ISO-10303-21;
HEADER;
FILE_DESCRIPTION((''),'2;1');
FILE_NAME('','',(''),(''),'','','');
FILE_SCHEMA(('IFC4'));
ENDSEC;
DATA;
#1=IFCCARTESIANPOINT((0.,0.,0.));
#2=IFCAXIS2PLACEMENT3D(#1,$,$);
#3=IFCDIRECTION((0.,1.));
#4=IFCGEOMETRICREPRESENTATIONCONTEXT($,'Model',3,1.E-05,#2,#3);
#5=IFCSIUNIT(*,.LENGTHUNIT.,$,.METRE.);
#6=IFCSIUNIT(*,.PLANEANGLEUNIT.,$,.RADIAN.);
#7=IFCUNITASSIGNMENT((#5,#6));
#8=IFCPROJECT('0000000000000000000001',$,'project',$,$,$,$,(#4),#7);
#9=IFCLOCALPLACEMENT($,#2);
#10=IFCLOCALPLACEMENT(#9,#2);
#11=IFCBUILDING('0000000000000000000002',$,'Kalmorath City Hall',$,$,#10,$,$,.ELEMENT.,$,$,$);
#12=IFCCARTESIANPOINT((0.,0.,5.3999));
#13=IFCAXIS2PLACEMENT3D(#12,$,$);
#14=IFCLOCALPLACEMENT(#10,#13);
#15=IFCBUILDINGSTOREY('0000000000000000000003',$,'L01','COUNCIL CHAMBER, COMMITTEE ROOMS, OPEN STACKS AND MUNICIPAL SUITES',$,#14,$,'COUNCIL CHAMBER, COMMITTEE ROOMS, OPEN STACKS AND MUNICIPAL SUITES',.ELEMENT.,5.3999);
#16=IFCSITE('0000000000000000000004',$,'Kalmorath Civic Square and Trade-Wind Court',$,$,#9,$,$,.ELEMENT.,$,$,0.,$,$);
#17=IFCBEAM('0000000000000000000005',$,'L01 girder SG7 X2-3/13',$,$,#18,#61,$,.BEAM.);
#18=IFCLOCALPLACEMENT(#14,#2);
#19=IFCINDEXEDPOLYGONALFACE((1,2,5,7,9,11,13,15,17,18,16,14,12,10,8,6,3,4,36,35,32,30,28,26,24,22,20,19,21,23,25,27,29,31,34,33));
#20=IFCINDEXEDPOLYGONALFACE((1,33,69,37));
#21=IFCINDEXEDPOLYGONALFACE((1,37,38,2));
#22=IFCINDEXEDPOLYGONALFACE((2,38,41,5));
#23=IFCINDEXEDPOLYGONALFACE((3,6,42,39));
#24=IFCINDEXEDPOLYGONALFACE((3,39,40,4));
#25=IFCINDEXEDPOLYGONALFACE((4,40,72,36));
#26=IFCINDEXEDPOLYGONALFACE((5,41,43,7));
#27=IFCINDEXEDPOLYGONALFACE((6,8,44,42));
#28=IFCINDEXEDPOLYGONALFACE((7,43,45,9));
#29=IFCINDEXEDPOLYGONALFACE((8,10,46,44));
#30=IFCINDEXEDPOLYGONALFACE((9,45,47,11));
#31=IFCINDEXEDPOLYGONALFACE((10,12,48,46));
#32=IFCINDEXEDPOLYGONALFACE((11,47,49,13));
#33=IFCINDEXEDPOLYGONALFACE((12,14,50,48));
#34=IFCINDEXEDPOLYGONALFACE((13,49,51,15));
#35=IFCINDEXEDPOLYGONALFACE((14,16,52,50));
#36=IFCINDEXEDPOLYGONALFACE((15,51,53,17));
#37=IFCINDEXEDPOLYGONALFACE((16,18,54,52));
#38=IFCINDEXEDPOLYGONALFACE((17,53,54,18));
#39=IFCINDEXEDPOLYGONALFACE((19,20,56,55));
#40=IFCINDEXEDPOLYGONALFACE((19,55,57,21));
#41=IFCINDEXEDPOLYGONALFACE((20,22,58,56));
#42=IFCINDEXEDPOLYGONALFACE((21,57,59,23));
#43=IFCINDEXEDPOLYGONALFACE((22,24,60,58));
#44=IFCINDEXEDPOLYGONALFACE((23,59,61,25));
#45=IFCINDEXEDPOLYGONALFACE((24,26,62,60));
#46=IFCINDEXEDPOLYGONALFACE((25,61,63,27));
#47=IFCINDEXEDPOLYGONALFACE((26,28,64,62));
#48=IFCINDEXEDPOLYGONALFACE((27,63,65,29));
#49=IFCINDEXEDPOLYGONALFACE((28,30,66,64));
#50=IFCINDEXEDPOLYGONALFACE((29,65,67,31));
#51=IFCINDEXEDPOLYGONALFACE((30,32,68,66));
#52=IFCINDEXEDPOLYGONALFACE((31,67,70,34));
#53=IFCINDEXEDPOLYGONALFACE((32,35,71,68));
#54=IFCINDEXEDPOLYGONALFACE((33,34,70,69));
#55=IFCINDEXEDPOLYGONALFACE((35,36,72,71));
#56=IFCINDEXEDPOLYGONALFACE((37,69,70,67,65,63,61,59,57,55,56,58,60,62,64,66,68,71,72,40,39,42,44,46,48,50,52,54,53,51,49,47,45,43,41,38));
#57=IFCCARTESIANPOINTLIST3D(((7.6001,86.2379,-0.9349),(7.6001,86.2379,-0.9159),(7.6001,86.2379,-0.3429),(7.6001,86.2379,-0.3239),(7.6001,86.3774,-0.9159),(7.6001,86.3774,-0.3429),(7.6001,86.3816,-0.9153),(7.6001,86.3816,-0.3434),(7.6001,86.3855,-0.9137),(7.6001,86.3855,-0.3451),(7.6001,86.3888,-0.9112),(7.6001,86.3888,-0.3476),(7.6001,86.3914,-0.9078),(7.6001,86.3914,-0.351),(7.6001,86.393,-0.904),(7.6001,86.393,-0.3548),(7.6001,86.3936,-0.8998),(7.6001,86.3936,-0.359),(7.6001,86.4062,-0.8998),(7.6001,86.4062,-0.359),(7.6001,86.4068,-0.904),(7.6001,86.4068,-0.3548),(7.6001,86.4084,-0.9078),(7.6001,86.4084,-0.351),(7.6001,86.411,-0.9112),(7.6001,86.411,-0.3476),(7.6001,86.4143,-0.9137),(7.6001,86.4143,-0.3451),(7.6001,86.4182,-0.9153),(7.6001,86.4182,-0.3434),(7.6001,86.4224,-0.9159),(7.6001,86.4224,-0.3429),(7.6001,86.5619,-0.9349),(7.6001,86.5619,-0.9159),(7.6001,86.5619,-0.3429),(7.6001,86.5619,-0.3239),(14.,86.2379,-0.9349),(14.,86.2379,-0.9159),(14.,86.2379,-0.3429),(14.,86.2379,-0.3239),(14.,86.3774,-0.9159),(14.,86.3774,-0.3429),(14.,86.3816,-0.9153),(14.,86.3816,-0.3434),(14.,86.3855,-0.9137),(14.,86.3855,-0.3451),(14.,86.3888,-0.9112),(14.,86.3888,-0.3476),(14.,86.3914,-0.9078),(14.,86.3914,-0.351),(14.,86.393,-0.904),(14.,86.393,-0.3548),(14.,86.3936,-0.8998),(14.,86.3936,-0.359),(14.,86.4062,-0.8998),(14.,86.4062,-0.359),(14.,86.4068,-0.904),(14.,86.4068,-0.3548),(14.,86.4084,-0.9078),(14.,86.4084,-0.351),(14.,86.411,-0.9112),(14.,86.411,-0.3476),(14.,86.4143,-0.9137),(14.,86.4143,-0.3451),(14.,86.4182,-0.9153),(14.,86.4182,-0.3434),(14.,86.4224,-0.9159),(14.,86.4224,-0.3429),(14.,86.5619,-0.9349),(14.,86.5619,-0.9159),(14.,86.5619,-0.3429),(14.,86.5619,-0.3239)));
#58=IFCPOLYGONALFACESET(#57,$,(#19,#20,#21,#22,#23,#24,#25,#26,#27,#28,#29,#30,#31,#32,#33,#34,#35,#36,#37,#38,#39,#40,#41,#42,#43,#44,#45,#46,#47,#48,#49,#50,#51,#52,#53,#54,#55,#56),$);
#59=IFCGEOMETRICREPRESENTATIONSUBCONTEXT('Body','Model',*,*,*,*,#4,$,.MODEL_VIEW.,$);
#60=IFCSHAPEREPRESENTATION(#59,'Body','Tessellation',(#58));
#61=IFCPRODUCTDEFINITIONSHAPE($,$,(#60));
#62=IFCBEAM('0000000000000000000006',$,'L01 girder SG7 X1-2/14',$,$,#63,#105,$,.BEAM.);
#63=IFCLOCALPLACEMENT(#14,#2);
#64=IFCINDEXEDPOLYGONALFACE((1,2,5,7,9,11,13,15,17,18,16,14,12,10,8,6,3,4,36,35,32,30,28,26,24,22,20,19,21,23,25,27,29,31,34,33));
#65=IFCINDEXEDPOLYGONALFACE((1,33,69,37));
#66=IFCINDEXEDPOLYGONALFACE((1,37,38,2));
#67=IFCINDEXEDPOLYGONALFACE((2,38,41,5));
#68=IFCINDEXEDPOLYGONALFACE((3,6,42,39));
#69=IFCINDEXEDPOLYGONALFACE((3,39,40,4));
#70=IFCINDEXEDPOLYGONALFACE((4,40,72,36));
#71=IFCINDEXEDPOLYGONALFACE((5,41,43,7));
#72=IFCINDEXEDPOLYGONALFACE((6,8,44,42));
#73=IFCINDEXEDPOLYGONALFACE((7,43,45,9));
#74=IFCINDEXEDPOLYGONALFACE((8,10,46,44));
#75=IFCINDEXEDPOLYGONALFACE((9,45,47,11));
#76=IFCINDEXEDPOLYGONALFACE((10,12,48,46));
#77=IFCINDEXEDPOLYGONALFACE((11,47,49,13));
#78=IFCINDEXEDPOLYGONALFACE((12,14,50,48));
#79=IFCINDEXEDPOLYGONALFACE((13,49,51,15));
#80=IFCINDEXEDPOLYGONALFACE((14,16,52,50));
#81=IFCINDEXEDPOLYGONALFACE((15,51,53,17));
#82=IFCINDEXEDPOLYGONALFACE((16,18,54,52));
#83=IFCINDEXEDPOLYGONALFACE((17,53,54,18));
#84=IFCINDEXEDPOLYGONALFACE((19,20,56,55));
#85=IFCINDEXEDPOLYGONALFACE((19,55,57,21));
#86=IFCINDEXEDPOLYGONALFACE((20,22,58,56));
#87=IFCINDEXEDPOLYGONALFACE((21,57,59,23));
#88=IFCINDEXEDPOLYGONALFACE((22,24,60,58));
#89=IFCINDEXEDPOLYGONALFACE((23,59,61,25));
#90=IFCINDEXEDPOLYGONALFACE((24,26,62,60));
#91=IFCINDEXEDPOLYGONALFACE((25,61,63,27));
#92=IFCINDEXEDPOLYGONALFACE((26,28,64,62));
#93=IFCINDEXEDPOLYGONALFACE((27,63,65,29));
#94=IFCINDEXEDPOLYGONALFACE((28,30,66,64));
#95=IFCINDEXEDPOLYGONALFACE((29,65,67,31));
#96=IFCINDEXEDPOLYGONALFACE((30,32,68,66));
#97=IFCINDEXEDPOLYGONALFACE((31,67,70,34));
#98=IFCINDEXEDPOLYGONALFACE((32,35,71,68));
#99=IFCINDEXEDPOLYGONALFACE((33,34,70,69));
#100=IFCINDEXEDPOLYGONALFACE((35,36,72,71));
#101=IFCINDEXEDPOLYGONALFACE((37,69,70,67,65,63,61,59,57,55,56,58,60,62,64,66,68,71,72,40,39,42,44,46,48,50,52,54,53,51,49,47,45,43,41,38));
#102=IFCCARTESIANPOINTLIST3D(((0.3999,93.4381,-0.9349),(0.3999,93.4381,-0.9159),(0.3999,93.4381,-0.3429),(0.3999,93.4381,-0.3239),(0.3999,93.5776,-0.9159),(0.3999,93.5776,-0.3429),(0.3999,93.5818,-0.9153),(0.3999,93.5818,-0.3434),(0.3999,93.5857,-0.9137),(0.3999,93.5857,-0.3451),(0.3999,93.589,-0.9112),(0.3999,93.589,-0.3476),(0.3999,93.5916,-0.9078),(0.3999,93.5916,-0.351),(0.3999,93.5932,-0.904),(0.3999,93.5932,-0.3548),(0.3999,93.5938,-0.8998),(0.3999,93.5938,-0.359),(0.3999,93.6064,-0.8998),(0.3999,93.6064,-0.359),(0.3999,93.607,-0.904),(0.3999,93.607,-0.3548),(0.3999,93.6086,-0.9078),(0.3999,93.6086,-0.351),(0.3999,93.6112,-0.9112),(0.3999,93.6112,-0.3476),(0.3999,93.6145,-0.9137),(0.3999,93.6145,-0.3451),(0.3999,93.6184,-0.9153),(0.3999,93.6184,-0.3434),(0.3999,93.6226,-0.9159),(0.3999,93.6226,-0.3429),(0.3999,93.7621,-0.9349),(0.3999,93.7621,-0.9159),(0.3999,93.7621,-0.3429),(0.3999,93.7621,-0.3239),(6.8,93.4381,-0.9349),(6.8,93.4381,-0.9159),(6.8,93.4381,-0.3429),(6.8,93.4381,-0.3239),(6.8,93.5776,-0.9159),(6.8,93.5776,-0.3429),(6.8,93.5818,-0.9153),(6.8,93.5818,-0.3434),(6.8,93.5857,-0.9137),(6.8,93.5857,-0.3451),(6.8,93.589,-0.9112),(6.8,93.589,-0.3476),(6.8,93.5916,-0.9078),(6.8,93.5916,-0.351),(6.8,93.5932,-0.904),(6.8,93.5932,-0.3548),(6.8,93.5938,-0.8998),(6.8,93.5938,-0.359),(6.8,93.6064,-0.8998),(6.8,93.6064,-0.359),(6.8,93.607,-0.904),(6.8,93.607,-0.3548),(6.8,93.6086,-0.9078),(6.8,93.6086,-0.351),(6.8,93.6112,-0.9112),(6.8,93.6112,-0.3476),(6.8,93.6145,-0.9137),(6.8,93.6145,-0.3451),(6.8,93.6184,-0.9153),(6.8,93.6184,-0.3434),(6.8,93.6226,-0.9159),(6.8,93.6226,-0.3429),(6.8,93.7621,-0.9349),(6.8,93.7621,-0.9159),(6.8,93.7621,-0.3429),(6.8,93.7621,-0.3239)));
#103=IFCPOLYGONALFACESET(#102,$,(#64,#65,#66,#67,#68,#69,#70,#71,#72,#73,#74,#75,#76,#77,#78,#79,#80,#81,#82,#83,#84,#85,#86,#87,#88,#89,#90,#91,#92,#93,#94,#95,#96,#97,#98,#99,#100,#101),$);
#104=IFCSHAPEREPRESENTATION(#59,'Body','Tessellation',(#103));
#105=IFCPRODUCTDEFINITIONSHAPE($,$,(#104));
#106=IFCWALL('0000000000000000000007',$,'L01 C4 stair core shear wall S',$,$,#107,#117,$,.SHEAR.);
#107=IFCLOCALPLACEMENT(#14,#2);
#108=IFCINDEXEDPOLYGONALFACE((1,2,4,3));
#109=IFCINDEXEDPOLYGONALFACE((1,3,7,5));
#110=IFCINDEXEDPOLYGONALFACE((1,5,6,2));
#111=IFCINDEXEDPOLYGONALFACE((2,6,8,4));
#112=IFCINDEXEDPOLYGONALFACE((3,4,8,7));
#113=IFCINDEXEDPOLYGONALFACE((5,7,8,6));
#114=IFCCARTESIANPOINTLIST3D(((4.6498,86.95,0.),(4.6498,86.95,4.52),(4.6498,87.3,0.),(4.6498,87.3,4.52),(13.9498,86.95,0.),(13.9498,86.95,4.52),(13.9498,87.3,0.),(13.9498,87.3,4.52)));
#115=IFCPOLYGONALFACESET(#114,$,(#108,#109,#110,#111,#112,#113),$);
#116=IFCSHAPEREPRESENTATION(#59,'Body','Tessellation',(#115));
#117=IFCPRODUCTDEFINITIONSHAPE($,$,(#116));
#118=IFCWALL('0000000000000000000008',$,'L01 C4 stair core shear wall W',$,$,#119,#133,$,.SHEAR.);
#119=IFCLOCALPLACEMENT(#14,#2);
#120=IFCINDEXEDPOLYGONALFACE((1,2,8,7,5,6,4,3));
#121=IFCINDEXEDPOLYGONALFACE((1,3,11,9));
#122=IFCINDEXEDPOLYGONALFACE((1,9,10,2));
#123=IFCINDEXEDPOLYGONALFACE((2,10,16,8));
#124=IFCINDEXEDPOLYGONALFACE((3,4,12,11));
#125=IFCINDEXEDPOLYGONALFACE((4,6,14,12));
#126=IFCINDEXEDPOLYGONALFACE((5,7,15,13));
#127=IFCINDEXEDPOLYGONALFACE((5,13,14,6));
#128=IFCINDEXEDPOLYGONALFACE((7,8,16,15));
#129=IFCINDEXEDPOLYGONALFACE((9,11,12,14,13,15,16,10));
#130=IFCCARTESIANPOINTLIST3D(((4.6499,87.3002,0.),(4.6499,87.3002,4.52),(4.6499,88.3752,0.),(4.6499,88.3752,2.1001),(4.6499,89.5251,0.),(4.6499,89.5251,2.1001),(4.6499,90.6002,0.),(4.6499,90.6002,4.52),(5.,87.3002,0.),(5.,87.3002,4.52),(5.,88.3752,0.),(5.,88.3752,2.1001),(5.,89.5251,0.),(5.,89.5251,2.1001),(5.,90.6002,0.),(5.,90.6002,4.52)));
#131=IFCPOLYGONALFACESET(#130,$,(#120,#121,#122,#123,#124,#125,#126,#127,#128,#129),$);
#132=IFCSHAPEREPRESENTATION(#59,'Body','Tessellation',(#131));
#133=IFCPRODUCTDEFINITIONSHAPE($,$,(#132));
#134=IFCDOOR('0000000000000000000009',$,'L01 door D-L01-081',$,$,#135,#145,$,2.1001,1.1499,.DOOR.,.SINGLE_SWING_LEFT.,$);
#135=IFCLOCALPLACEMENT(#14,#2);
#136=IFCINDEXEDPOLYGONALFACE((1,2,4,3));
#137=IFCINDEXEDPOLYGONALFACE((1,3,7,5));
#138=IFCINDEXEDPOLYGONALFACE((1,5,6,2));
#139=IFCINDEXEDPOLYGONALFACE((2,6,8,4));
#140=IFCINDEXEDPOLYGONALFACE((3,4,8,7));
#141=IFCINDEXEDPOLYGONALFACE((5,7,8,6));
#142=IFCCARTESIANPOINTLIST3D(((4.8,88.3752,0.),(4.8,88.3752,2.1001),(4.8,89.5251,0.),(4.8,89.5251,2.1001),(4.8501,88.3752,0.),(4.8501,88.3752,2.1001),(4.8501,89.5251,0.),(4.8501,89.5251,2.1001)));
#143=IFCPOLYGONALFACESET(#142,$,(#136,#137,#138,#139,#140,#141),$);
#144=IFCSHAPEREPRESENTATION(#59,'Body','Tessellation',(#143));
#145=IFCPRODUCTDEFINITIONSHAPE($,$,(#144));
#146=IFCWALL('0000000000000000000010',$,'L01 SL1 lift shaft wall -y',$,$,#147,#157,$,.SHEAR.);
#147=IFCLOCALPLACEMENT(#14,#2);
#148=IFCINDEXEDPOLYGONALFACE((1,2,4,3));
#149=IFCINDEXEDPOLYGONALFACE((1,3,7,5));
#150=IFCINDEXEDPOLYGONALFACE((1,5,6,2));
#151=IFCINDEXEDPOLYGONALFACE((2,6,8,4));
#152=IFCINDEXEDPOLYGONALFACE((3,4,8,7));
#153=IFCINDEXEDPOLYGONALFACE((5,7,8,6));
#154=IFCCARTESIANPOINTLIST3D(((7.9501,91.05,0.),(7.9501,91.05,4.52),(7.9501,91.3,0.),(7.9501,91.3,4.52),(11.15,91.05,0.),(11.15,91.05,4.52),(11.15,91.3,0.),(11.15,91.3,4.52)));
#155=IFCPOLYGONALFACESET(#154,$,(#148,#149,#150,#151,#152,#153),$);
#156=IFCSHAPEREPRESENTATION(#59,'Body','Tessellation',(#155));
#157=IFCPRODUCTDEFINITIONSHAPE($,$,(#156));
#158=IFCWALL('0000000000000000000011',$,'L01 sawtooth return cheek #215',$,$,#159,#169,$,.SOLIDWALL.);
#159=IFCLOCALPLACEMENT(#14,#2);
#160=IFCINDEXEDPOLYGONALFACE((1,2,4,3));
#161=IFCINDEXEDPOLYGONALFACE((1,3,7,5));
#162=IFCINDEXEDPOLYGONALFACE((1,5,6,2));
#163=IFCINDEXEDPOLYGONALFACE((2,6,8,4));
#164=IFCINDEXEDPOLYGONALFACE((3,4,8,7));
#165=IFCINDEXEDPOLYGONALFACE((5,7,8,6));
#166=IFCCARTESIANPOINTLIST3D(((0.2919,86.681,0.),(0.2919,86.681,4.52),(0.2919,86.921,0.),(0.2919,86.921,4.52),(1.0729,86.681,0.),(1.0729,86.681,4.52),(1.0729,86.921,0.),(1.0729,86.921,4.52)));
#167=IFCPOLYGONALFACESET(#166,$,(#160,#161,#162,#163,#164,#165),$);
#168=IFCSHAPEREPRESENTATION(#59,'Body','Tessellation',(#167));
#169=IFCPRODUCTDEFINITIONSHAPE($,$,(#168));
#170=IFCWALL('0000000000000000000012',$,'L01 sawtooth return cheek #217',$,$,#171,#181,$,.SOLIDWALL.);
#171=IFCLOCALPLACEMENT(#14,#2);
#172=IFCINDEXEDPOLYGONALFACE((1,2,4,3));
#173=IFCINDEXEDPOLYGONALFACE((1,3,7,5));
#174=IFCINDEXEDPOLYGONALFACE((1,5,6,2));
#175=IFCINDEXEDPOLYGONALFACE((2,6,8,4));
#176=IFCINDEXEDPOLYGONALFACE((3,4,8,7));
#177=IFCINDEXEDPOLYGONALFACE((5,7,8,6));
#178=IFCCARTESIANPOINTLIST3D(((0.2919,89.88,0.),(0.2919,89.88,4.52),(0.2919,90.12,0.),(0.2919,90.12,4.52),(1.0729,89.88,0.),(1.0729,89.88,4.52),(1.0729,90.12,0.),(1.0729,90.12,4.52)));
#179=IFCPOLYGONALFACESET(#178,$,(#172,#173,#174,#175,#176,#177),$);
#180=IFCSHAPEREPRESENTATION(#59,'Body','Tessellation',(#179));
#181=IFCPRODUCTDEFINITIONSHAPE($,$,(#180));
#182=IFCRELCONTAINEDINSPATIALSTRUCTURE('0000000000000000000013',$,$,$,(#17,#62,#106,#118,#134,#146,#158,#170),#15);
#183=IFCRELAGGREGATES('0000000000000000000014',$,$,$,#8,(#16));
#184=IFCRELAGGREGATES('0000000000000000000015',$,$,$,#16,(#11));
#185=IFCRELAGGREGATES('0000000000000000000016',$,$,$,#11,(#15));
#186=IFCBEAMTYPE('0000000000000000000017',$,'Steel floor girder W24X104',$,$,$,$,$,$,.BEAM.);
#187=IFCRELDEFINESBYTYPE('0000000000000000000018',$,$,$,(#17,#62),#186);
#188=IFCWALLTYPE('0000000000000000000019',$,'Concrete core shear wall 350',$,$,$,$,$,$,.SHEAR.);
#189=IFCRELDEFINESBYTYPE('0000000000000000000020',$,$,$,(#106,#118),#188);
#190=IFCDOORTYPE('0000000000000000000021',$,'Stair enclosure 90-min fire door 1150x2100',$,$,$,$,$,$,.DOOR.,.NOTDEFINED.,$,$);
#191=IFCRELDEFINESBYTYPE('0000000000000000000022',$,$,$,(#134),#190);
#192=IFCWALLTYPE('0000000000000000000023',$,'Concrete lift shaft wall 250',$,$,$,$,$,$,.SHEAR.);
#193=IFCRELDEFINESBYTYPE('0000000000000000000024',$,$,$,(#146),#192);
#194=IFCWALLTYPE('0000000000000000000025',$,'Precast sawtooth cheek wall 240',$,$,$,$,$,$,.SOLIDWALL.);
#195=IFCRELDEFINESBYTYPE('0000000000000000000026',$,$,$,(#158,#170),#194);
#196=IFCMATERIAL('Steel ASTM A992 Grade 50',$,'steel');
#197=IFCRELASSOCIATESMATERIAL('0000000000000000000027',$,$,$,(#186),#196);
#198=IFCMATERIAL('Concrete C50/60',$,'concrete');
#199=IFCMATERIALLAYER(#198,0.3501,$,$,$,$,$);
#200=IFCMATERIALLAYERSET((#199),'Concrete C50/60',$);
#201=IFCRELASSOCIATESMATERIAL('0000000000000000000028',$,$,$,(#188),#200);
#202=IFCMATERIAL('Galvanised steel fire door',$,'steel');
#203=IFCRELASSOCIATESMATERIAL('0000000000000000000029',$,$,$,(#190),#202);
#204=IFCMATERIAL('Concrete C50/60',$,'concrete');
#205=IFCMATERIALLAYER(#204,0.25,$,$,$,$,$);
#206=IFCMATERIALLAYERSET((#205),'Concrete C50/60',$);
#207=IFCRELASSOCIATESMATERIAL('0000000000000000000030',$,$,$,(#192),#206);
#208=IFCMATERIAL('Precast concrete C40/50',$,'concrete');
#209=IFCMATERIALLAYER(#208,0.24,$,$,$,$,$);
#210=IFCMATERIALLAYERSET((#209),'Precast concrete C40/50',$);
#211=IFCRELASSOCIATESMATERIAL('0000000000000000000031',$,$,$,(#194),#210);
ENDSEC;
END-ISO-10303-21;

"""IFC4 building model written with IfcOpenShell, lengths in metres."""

from ifc_helpers import new_model, si_unit, direction, frame, frame_2d, origin, origin_2d, place, context, subcontext, project, spatial, rectangle, i_section, extrude, material, layer, layer_set, material_profile, profile_set, type_object, element, fill, save


model = new_model("IFC4")

# Units and contexts
model_context = context("Model", 3, precision=1e-05, world=origin(), true_north=direction((0.0, 1.0)))
body_context = subcontext(model_context, "Body", "Model", "MODEL_VIEW")
ifc_project = project(units=[si_unit("LENGTHUNIT", "METRE"), si_unit("PLANEANGLEUNIT", "RADIAN")], contexts=[model_context])

# Site, building, storey
site_placement = place(None, origin())
site = spatial("IfcSite", under=ifc_project, at=site_placement, Name="Kalmorath Civic Square and Trade-Wind Court", CompositionType="ELEMENT", RefElevation=0.0)
building_placement = place(site_placement, origin())
building = spatial("IfcBuilding", under=site, at=building_placement, Name="Kalmorath City Hall", CompositionType="ELEMENT")
storey_placement = place(building_placement, frame((0.0, 0.0, 5.3999)))
storey = spatial("IfcBuildingStorey", under=building, at=storey_placement, Name="L01", Description="COUNCIL CHAMBER, COMMITTEE ROOMS, OPEN STACKS AND MUNICIPAL SUITES", LongName="COUNCIL CHAMBER, COMMITTEE ROOMS, OPEN STACKS AND MUNICIPAL SUITES", CompositionType="ELEMENT", Elevation=5.3999)

# Beams
ifc_material_1 = material(Name="Steel ASTM A992 Grade 50", Category="steel")
ifc_material_profile_1 = material_profile(ifc_material_1, i_section(OverallWidth=0.324, OverallDepth=0.6111, WebThickness=0.0127, FlangeThickness=0.019, FilletRadius=0.0161, at=origin_2d()), Name="W24X104")
ifc_profile_set_1 = profile_set([ifc_material_profile_1], Name="Steel ASTM A992 Grade 50")
beam_type_1 = type_object("IfcBeamType", Name="Steel floor girder W24X104", PredefinedType="BEAM", material=ifc_profile_set_1)
beam_1_placement = place(storey_placement, frame((7.6001, 86.3999, -0.6294), z_axis=(1.0, 0.0, 0.0), x_axis=(0.0, 1.0, 0.0)))
element("IfcBeam", 1, at=beam_1_placement, inside=storey, type_object=beam_type_1, Name="L01 girder SG7 X2-3/13", PredefinedType="BEAM", context=body_context, shape_type="SweptSolid", body=[
    extrude(i_section(OverallWidth=0.324, OverallDepth=0.6111, WebThickness=0.0127, FlangeThickness=0.019, FilletRadius=0.0161, at=origin_2d()), origin(), (0.0, 0.0, 1.0), 6.3999),
])
beam_2_placement = place(storey_placement, frame((0.3999, 93.6001, -0.6294), z_axis=(1.0, 0.0, 0.0), x_axis=(0.0, 1.0, 0.0)))
element("IfcBeam", 2, at=beam_2_placement, inside=storey, type_object=beam_type_1, Name="L01 girder SG7 X1-2/14", PredefinedType="BEAM", context=body_context, shape_type="SweptSolid", body=[
    extrude(i_section(OverallWidth=0.324, OverallDepth=0.6111, WebThickness=0.0127, FlangeThickness=0.019, FilletRadius=0.0161, at=origin_2d()), origin(), (0.0, 0.0, 1.0), 6.4001),
])

# Wall
ifc_material_2 = material(Name="Concrete C50/60", Category="concrete")
ifc_layer_1 = layer(ifc_material_2, 0.3501)
ifc_layer_set_1 = layer_set([ifc_layer_1], Name="Concrete C50/60")
wall_type_1 = type_object("IfcWallType", Name="Concrete core shear wall 350", PredefinedType="SHEAR", material=ifc_layer_set_1)
wall_1_placement = place(storey_placement, frame((4.6499, 87.125, 0.0), z_axis=(0.0, 0.0, 1.0), x_axis=(1.0, 0.0, 0.0)))
element("IfcWall", 3, at=wall_1_placement, inside=storey, type_object=wall_type_1, Name="L01 C4 stair core shear wall S", PredefinedType="SHEAR", context=body_context, shape_type="SweptSolid", body=[
    extrude(rectangle(XDim=9.3, YDim=0.3501, at=frame_2d((4.6499, 0.0))), origin(), (0.0, 0.0, 1.0), 4.52),
])

# Wall, opening, door
wall_2_placement = place(storey_placement, frame((4.825, 90.6001, 0.0), z_axis=(0.0, 0.0, 1.0), x_axis=(0.0, -1.0, 0.0)))
wall_2 = element("IfcWall", 4, at=wall_2_placement, inside=storey, type_object=wall_type_1, Name="L01 C4 stair core shear wall W", PredefinedType="SHEAR", context=body_context, shape_type="SweptSolid", body=[
    extrude(rectangle(XDim=3.3, YDim=0.3501, at=frame_2d((1.6499, 0.0))), origin(), (0.0, 0.0, 1.0), 4.52),
])
opening_1_placement = place(wall_2_placement, frame((1.075, 0.0, 0.0)))
opening_1 = element("IfcOpeningElement", 5, at=opening_1_placement, cuts=wall_2, PredefinedType="OPENING", context=body_context, shape_type="SweptSolid", body=[
    extrude(rectangle(XDim=1.1499, YDim=2.1001, at=frame_2d((0.575, 1.05))), frame((0.0, 0.1851, 0.0), z_axis=(0.0, -1.0, 0.0), x_axis=(1.0, 0.0, 0.0)), (0.0, 0.0, 1.0), 0.3701),
])
ifc_material_3 = material(Name="Galvanised steel fire door", Category="steel")
door_type = type_object("IfcDoorType", Name="Stair enclosure 90-min fire door 1150x2100", OperationType="NOTDEFINED", PredefinedType="DOOR", material=ifc_material_3)
door_placement = place(opening_1_placement, frame((1.1499, 0.0, 0.0), z_axis=(0.0, 0.0, 1.0), x_axis=(-1.0, 0.0, 0.0)))
door = element("IfcDoor", 6, at=door_placement, inside=storey, type_object=door_type, Name="L01 door D-L01-081", OperationType="SINGLE_SWING_LEFT", OverallHeight=2.1001, OverallWidth=1.1499, PredefinedType="DOOR", context=body_context, shape_type="SweptSolid", body=[
    extrude(rectangle(XDim=1.1499, YDim=2.1001, at=frame_2d((0.575, 1.05))), frame((0.0, 0.0249, 0.0), z_axis=(0.0, -1.0, 0.0), x_axis=(1.0, 0.0, 0.0)), (0.0, 0.0, 1.0), 0.05),
])
fill(opening_1, door)

# Walls
ifc_material_4 = material(Name="Concrete C50/60", Category="concrete")
ifc_layer_2 = layer(ifc_material_4, 0.25)
ifc_layer_set_2 = layer_set([ifc_layer_2], Name="Concrete C50/60")
wall_type_2 = type_object("IfcWallType", Name="Concrete lift shaft wall 250", PredefinedType="SHEAR", material=ifc_layer_set_2)
wall_3_placement = place(storey_placement, frame((7.95, 91.175, 0.0), z_axis=(0.0, 0.0, 1.0), x_axis=(1.0, 0.0, 0.0)))
element("IfcWall", 7, at=wall_3_placement, inside=storey, type_object=wall_type_2, Name="L01 SL1 lift shaft wall -y", PredefinedType="SHEAR", context=body_context, shape_type="SweptSolid", body=[
    extrude(rectangle(XDim=3.2, YDim=0.25, at=frame_2d((1.6001, 0.0))), origin(), (0.0, 0.0, 1.0), 4.52),
])
ifc_material_5 = material(Name="Precast concrete C40/50", Category="concrete")
ifc_layer_3 = layer(ifc_material_5, 0.24)
ifc_layer_set_3 = layer_set([ifc_layer_3], Name="Precast concrete C40/50")
wall_type_3 = type_object("IfcWallType", Name="Precast sawtooth cheek wall 240", PredefinedType="SOLIDWALL", material=ifc_layer_set_3)
for number, where, z_axis, x_axis, name in (
    (8, (1.073, 86.801, 0.0), (0.0, 0.0, 1.0), (-1.0, 0.0, 0.0), "L01 sawtooth return cheek #215"),
    (9, (1.073, 90.0, 0.0), (0.0, 0.0, 1.0), (-1.0, 0.0, 0.0), "L01 sawtooth return cheek #217"),
):
    element("IfcWall", number, at=place(storey_placement, frame(where, z_axis=z_axis, x_axis=x_axis)), inside=storey, type_object=wall_type_3, Name=name, PredefinedType="SOLIDWALL", context=body_context, shape_type="SweptSolid", body=[
        extrude(rectangle(XDim=0.781, YDim=0.24, at=frame_2d((0.3906, 0.0))), origin(), (0.0, 0.0, 1.0), 4.52),
    ])

save(model, "model.ifc")
